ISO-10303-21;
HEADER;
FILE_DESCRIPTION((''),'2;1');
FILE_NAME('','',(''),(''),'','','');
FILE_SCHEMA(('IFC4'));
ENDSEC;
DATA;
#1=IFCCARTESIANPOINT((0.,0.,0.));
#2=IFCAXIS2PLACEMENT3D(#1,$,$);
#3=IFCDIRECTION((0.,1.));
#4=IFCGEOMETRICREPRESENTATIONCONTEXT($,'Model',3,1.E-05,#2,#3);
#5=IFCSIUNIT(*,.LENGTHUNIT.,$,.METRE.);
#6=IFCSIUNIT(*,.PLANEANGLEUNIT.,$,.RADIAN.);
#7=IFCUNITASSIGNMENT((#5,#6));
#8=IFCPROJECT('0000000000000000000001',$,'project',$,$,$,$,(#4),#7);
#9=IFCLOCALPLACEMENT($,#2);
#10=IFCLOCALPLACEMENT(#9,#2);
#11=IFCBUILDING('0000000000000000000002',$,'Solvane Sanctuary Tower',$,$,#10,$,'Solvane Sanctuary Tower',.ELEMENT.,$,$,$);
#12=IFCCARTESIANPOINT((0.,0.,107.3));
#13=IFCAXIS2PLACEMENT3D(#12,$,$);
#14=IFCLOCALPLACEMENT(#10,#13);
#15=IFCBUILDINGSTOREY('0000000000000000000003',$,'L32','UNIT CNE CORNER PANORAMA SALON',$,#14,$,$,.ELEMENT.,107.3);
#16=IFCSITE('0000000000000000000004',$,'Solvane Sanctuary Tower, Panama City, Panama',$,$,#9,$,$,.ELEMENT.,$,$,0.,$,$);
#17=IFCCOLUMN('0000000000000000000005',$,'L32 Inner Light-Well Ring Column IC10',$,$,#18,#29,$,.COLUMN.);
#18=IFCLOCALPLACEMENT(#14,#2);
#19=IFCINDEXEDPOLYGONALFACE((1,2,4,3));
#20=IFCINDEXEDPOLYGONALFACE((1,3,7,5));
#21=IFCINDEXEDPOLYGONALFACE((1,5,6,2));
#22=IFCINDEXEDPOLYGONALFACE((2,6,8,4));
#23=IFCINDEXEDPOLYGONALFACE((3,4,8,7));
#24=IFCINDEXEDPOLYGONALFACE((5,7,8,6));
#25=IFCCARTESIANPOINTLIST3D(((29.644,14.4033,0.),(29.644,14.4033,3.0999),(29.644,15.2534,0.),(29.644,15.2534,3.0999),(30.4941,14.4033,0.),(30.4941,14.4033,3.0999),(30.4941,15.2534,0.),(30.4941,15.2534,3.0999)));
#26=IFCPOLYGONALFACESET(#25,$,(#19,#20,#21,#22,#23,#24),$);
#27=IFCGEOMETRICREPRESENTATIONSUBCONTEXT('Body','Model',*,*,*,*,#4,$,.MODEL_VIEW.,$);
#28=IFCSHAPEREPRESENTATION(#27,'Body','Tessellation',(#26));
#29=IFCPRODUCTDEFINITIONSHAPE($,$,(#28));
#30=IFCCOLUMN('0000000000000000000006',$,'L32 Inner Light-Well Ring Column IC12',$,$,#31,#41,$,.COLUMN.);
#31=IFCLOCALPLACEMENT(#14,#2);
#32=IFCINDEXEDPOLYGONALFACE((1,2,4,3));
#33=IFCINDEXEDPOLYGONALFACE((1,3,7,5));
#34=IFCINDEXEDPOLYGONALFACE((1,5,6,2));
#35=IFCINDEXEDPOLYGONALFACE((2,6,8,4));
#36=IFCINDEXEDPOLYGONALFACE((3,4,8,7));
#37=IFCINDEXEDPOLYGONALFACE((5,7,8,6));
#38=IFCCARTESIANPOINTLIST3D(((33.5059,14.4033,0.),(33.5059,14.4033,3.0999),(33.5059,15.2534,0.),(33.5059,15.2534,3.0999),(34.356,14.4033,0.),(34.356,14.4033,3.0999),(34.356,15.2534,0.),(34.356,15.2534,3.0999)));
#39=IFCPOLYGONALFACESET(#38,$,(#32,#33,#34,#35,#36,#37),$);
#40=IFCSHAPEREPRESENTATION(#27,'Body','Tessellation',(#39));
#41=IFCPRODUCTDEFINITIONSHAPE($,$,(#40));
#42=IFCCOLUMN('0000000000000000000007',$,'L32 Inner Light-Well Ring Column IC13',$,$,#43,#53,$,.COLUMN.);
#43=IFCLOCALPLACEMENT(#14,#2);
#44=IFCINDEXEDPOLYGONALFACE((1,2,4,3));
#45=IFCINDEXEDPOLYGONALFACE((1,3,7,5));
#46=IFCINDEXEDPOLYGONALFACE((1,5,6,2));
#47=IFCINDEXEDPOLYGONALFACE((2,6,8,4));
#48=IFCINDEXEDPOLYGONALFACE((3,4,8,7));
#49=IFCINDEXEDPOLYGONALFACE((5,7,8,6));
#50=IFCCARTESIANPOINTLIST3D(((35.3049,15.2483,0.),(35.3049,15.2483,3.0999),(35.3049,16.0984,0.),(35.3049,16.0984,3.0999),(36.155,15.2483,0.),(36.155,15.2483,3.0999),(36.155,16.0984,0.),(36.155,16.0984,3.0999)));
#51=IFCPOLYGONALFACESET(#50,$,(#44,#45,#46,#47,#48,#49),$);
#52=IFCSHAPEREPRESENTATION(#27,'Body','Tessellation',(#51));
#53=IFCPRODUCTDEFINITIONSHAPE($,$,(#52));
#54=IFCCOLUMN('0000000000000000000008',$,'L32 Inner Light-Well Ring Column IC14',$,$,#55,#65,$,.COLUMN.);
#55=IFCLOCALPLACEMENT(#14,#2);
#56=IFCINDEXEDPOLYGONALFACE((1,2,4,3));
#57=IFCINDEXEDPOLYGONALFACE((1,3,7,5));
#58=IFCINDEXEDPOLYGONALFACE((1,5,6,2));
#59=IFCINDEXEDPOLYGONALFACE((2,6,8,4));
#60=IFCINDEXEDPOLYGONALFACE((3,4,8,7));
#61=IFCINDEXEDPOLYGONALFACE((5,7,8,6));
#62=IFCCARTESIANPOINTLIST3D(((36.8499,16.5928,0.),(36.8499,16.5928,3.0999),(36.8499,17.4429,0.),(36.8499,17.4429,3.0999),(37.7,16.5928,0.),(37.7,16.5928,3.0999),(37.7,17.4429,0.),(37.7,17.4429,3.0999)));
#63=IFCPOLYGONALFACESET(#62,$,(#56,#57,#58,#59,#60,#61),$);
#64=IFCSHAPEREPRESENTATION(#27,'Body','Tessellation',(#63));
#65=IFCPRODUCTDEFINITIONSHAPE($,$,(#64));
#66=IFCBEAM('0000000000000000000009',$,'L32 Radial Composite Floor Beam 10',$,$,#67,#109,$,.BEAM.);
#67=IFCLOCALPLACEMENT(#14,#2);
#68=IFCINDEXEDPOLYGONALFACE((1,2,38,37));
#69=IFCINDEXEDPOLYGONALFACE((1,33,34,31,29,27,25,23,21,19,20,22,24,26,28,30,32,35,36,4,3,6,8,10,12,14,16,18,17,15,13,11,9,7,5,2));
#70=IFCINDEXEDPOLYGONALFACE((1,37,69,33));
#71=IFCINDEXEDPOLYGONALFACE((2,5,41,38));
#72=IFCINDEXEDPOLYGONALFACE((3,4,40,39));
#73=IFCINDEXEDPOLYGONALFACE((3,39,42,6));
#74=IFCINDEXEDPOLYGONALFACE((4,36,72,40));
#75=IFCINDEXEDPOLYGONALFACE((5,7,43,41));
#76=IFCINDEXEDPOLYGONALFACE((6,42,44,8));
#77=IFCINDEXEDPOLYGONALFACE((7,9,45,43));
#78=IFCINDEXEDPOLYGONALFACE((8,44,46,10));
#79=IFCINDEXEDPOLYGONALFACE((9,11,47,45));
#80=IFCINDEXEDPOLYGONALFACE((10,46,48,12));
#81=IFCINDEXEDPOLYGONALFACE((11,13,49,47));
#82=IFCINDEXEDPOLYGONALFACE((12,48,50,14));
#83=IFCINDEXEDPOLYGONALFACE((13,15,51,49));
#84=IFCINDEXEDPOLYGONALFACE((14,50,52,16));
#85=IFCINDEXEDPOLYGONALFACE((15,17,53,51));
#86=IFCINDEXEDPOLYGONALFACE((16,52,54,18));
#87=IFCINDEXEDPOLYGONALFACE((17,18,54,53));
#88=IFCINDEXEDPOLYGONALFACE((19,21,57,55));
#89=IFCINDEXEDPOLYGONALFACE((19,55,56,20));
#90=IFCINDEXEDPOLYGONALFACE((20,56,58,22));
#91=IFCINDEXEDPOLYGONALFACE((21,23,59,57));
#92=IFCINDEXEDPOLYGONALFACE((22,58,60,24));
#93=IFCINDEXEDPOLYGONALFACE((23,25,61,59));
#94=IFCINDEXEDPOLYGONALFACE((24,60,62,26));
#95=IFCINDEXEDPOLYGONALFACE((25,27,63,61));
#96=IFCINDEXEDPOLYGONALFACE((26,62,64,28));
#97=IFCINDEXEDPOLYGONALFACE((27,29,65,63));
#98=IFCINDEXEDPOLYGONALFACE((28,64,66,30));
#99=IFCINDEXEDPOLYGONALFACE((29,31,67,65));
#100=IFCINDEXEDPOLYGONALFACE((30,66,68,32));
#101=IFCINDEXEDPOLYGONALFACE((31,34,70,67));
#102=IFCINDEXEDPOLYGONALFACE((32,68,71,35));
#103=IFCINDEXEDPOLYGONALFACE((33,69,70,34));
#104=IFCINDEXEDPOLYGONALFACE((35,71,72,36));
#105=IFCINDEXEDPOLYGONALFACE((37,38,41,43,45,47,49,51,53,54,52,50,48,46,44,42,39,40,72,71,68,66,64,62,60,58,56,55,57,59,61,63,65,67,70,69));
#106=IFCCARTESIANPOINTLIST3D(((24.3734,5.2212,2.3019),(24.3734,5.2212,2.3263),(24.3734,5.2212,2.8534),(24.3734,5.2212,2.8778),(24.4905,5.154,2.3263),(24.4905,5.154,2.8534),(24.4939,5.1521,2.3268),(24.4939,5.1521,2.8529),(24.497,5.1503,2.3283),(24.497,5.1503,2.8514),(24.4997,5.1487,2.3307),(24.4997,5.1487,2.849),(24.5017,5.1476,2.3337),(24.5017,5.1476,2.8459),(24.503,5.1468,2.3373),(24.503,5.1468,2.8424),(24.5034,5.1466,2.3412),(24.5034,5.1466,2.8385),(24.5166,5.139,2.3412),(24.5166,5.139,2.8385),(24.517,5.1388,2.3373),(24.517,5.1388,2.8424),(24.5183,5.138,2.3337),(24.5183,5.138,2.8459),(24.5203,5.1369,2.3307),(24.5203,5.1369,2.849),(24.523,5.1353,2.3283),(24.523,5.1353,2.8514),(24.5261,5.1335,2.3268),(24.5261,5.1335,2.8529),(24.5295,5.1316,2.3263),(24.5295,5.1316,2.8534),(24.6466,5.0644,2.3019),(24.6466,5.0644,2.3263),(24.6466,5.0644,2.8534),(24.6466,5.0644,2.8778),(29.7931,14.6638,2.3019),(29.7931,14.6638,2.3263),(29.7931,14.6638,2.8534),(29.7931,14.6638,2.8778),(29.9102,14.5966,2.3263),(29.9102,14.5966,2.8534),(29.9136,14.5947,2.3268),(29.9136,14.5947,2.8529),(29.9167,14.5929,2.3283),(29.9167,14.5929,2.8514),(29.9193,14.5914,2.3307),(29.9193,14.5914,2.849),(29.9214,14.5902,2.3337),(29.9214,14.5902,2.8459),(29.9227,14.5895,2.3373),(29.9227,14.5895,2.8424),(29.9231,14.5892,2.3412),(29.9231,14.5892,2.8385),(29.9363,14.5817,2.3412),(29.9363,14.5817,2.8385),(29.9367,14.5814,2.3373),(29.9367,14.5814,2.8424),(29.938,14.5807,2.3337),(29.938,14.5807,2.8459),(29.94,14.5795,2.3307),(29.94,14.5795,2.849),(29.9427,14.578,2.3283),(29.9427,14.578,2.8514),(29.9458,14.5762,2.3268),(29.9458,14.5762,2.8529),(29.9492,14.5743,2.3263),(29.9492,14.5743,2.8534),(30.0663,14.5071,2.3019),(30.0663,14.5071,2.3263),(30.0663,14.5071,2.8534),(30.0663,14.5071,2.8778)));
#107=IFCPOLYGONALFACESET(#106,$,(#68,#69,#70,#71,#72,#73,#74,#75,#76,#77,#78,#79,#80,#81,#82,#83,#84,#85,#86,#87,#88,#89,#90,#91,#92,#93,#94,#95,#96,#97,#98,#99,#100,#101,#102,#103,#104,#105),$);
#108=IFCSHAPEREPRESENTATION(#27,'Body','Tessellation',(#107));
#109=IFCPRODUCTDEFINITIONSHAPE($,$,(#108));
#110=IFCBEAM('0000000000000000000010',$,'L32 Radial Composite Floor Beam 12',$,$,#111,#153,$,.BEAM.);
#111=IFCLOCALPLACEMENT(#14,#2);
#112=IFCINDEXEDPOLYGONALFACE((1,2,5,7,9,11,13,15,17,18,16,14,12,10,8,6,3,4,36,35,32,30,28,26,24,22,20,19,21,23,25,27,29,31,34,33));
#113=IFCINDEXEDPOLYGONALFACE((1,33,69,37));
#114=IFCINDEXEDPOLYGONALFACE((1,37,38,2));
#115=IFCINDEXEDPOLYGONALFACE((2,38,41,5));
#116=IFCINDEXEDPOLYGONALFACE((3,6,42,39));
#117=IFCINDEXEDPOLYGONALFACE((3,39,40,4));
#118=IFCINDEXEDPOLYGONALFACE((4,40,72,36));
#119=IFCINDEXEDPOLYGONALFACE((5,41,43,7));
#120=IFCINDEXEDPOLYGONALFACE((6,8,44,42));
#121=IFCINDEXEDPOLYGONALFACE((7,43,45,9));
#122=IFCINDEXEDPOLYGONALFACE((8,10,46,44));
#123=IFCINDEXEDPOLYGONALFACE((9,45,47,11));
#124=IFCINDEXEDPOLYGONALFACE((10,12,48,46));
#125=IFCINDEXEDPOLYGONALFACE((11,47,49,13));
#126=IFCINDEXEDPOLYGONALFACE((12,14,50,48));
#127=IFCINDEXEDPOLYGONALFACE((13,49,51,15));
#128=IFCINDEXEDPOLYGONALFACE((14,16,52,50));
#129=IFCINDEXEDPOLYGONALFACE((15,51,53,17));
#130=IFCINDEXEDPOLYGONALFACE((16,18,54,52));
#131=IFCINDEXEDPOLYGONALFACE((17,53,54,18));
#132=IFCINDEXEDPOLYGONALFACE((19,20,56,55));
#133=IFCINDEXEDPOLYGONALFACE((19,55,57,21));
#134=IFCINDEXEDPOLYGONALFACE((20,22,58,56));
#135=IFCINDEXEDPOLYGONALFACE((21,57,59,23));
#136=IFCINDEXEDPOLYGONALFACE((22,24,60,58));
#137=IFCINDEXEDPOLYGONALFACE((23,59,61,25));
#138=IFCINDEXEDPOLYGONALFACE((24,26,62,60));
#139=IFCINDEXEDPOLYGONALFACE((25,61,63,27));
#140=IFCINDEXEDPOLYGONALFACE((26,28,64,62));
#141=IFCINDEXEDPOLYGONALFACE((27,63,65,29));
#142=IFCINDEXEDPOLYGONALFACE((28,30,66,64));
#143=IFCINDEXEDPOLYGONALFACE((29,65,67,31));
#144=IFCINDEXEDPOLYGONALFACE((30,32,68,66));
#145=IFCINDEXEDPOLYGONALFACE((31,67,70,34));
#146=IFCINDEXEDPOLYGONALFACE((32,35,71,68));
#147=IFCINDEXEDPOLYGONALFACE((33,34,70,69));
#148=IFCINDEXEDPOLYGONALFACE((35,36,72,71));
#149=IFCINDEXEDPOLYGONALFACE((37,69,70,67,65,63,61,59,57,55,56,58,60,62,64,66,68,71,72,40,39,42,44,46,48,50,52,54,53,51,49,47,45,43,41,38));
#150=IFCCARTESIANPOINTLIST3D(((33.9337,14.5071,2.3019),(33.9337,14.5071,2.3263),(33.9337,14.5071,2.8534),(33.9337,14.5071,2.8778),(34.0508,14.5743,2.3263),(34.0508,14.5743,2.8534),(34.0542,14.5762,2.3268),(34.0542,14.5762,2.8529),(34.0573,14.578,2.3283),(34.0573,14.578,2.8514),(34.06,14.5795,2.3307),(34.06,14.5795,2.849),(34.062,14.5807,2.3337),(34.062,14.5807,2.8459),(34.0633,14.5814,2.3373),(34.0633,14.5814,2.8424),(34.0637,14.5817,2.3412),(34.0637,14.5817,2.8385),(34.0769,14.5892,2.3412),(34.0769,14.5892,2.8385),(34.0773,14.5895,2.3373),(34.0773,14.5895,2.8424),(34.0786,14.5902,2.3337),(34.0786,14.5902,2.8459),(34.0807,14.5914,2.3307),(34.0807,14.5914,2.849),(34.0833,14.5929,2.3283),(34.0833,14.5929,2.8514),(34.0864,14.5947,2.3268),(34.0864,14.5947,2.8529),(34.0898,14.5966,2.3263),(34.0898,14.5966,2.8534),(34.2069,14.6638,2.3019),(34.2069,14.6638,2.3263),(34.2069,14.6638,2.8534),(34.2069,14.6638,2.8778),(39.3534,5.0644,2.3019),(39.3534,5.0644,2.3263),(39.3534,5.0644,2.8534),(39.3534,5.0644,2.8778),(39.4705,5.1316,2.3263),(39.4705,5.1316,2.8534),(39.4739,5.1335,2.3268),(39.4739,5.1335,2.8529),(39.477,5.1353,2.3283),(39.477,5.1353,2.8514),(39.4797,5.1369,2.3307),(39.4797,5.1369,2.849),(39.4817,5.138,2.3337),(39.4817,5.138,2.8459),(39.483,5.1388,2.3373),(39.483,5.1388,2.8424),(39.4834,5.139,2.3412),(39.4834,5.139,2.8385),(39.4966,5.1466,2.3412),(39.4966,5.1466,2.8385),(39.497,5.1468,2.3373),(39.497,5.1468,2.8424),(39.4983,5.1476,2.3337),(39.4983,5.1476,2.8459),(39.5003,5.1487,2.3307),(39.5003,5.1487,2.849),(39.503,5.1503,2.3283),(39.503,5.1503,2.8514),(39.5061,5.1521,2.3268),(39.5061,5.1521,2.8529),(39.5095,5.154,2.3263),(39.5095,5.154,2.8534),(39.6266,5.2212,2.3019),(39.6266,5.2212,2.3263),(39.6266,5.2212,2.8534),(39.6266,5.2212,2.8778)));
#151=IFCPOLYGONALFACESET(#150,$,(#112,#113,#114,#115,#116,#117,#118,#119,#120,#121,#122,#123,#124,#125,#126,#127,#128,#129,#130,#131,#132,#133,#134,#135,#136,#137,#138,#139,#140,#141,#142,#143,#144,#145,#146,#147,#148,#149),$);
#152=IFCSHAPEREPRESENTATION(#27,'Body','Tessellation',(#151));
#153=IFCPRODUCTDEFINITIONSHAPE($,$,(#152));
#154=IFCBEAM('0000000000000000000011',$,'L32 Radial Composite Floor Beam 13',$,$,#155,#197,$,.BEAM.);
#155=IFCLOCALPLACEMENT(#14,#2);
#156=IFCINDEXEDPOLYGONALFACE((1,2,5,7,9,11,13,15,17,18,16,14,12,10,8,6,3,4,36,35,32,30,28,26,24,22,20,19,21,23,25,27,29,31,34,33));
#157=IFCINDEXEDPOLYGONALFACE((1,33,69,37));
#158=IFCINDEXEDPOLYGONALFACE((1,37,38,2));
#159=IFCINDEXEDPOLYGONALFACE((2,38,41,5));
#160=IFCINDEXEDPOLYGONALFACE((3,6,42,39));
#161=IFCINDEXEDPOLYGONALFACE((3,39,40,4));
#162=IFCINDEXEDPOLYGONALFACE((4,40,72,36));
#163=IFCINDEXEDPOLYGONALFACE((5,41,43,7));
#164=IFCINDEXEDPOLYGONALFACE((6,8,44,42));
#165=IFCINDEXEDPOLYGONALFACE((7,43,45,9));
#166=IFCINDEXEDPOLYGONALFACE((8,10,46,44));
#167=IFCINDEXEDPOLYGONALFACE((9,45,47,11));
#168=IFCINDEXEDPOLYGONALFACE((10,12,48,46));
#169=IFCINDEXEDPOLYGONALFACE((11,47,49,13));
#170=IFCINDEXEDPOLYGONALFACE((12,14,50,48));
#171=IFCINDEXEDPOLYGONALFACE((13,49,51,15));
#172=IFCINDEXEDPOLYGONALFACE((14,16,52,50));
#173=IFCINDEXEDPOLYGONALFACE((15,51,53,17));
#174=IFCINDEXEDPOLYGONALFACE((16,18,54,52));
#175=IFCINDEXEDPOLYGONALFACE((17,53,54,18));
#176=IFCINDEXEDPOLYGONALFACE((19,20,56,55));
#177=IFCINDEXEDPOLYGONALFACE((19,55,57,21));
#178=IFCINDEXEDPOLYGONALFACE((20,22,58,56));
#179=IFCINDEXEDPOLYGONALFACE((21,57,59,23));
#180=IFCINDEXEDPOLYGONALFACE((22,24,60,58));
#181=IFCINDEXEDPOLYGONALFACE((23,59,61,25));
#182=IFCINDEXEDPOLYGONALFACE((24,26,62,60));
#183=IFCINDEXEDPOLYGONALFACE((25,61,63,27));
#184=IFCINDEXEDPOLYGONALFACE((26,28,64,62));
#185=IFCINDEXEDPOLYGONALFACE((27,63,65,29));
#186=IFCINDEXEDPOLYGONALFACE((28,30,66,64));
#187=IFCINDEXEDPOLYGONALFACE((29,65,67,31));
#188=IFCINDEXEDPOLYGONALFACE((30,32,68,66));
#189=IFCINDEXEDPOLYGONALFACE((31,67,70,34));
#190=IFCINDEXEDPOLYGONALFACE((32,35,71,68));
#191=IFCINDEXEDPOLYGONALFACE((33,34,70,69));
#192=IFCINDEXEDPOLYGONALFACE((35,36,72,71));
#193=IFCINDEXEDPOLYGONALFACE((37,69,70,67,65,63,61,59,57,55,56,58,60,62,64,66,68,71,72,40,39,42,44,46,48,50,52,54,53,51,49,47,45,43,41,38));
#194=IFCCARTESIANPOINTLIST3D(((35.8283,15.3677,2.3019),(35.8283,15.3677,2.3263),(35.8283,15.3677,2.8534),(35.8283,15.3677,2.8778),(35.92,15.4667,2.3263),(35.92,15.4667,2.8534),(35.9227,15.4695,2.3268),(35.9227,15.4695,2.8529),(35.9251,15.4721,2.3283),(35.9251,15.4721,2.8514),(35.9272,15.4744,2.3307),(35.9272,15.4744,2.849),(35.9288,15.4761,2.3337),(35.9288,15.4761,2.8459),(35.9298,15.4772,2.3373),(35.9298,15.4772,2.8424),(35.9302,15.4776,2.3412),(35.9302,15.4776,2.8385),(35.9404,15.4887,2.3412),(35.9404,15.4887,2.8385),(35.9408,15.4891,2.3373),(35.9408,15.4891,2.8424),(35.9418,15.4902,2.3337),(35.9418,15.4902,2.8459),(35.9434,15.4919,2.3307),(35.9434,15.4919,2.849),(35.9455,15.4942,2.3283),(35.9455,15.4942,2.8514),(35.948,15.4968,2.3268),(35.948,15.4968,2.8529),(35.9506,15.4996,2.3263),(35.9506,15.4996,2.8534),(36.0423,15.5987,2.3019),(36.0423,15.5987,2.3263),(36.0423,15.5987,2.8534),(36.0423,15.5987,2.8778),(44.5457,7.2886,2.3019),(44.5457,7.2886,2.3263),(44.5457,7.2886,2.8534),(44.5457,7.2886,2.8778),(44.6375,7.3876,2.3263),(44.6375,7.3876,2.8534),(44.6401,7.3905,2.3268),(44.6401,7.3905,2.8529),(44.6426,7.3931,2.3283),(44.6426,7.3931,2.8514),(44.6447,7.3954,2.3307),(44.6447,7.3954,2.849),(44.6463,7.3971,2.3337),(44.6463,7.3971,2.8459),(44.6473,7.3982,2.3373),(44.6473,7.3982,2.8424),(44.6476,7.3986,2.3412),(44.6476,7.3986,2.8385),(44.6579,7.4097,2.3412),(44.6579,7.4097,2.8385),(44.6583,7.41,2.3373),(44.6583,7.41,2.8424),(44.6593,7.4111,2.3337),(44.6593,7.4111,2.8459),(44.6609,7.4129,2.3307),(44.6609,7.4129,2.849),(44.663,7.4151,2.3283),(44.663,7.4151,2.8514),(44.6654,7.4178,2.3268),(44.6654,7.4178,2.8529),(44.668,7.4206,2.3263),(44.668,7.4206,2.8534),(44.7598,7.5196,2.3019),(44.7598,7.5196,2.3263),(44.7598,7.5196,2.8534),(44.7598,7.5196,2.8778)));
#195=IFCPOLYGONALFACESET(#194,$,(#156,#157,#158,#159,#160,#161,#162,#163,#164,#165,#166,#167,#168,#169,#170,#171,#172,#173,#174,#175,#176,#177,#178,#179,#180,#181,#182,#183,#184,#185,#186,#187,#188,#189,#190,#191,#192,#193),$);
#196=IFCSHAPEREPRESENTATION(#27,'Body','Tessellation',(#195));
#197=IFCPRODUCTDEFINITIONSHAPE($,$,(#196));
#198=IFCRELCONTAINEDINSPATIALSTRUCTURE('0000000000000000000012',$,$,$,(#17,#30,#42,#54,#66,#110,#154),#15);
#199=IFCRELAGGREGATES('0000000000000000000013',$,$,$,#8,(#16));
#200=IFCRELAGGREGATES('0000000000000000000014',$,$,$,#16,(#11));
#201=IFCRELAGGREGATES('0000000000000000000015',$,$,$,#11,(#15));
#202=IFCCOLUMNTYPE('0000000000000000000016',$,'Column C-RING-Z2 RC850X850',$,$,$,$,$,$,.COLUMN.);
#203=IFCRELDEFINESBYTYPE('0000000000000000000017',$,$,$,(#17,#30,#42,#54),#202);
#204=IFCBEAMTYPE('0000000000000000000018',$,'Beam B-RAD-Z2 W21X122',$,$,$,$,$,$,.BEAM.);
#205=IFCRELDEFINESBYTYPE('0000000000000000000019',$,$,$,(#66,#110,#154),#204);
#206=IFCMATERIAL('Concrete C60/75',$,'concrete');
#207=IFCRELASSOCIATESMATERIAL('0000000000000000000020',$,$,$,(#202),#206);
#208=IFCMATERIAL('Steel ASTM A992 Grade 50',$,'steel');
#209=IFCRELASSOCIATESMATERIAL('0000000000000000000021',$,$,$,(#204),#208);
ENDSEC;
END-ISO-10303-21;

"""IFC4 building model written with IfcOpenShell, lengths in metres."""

from ifc_helpers import new_model, si_unit, direction, frame, origin, origin_2d, place, context, subcontext, project, spatial, rectangle, i_section, extrude, material, material_profile, profile_set, type_object, element, save


model = new_model("IFC4")

# Units and contexts
model_context = context("Model", 3, precision=1e-05, world=origin(), true_north=direction((0.0, 1.0)))
body_context = subcontext(model_context, "Body", "Model", "MODEL_VIEW")
ifc_project = project(units=[si_unit("LENGTHUNIT", "METRE"), si_unit("PLANEANGLEUNIT", "RADIAN")], contexts=[model_context])

# Site, building, storey
site_placement = place(None, origin())
site = spatial("IfcSite", under=ifc_project, at=site_placement, Name="Solvane Sanctuary Tower, Panama City, Panama", CompositionType="ELEMENT", RefElevation=0.0)
building_placement = place(site_placement, origin())
building = spatial("IfcBuilding", under=site, at=building_placement, Name="Solvane Sanctuary Tower", LongName="Solvane Sanctuary Tower", CompositionType="ELEMENT")
storey_placement = place(building_placement, frame((0.0, 0.0, 107.3)))
storey = spatial("IfcBuildingStorey", under=building, at=storey_placement, Name="L32", Description="UNIT CNE CORNER PANORAMA SALON", CompositionType="ELEMENT", Elevation=107.3)

# Columns
ifc_material_1 = material(Name="Concrete C60/75", Category="concrete")
ifc_material_profile_1 = material_profile(ifc_material_1, rectangle(XDim=0.8501, YDim=0.8501, at=origin_2d()), Name="RC850X850")
ifc_profile_set_1 = profile_set([ifc_material_profile_1], Name="Concrete C60/75")
column_type = type_object("IfcColumnType", Name="Column C-RING-Z2 RC850X850", PredefinedType="COLUMN", material=ifc_profile_set_1)
for number, where, z_axis, x_axis, name in (
    (1, (30.0691, 14.8284, 0.0), (0.0, 0.0, 1.0), (1.0, 0.0, 0.0), "L32 Inner Light-Well Ring Column IC10"),
    (2, (33.9309, 14.8284, 0.0), (0.0, 0.0, 1.0), (1.0, 0.0, 0.0), "L32 Inner Light-Well Ring Column IC12"),
    (3, (35.73, 15.6733, 0.0), (0.0, 0.0, 1.0), (1.0, 0.0, 0.0), "L32 Inner Light-Well Ring Column IC13"),
    (4, (37.2749, 17.0178, 0.0), (0.0, 0.0, 1.0), (1.0, 0.0, 0.0), "L32 Inner Light-Well Ring Column IC14"),
):
    element("IfcColumn", number, at=place(storey_placement, frame(where, z_axis=z_axis, x_axis=x_axis)), inside=storey, type_object=column_type, Name=name, PredefinedType="COLUMN", context=body_context, shape_type="SweptSolid", body=[
        extrude(rectangle(XDim=0.8501, YDim=0.8501, at=origin_2d()), origin(), (0.0, 0.0, 1.0), 3.0999),
    ])

# Beams
ifc_material_2 = material(Name="Steel ASTM A992 Grade 50", Category="steel")
ifc_material_profile_2 = material_profile(ifc_material_2, i_section(OverallWidth=0.3149, OverallDepth=0.5759, WebThickness=0.0151, FlangeThickness=0.0244, FilletRadius=0.0149, at=origin_2d()), Name="W21X122")
ifc_profile_set_2 = profile_set([ifc_material_profile_2], Name="Steel ASTM A992 Grade 50")
beam_type_1 = type_object("IfcBeamType", Name="Beam B-RAD-Z2 W21X122", PredefinedType="BEAM", material=ifc_profile_set_2)
for number, where, z_axis, x_axis, name in (
    (5, (29.9297, 14.5854, 2.5898), (-0.497792, -0.867296, 0.0), (0.867296, -0.497792, 0.0), "L32 Radial Composite Floor Beam 10"),
    (6, (34.0703, 14.5854, 2.5898), (0.497792, -0.867296, 0.0), (0.867296, 0.497792, 0.0), "L32 Radial Composite Floor Beam 12"),
):
    element("IfcBeam", number, at=place(storey_placement, frame(where, z_axis=z_axis, x_axis=x_axis)), inside=storey, type_object=beam_type_1, Name=name, PredefinedType="BEAM", context=body_context, shape_type="SweptSolid", body=[
        extrude(i_section(OverallWidth=0.3149, OverallDepth=0.5759, WebThickness=0.0151, FlangeThickness=0.0244, FilletRadius=0.0149, at=origin_2d()), origin(), (0.0, 0.0, 1.0), 10.8875),
    ])
beam_1_placement = place(storey_placement, frame((35.9353, 15.4832, 2.5898), z_axis=(0.733454, -0.679739, 0.0), x_axis=(0.679739, 0.733454, 0.0)))
element("IfcBeam", 7, at=beam_1_placement, inside=storey, type_object=beam_type_1, Name="L32 Radial Composite Floor Beam 13", PredefinedType="BEAM", context=body_context, shape_type="SweptSolid", body=[
    extrude(i_section(OverallWidth=0.3149, OverallDepth=0.5759, WebThickness=0.0151, FlangeThickness=0.0244, FilletRadius=0.0149, at=origin_2d()), origin(), (0.0, 0.0, 1.0), 11.8855),
])

save(model, "model.ifc")
